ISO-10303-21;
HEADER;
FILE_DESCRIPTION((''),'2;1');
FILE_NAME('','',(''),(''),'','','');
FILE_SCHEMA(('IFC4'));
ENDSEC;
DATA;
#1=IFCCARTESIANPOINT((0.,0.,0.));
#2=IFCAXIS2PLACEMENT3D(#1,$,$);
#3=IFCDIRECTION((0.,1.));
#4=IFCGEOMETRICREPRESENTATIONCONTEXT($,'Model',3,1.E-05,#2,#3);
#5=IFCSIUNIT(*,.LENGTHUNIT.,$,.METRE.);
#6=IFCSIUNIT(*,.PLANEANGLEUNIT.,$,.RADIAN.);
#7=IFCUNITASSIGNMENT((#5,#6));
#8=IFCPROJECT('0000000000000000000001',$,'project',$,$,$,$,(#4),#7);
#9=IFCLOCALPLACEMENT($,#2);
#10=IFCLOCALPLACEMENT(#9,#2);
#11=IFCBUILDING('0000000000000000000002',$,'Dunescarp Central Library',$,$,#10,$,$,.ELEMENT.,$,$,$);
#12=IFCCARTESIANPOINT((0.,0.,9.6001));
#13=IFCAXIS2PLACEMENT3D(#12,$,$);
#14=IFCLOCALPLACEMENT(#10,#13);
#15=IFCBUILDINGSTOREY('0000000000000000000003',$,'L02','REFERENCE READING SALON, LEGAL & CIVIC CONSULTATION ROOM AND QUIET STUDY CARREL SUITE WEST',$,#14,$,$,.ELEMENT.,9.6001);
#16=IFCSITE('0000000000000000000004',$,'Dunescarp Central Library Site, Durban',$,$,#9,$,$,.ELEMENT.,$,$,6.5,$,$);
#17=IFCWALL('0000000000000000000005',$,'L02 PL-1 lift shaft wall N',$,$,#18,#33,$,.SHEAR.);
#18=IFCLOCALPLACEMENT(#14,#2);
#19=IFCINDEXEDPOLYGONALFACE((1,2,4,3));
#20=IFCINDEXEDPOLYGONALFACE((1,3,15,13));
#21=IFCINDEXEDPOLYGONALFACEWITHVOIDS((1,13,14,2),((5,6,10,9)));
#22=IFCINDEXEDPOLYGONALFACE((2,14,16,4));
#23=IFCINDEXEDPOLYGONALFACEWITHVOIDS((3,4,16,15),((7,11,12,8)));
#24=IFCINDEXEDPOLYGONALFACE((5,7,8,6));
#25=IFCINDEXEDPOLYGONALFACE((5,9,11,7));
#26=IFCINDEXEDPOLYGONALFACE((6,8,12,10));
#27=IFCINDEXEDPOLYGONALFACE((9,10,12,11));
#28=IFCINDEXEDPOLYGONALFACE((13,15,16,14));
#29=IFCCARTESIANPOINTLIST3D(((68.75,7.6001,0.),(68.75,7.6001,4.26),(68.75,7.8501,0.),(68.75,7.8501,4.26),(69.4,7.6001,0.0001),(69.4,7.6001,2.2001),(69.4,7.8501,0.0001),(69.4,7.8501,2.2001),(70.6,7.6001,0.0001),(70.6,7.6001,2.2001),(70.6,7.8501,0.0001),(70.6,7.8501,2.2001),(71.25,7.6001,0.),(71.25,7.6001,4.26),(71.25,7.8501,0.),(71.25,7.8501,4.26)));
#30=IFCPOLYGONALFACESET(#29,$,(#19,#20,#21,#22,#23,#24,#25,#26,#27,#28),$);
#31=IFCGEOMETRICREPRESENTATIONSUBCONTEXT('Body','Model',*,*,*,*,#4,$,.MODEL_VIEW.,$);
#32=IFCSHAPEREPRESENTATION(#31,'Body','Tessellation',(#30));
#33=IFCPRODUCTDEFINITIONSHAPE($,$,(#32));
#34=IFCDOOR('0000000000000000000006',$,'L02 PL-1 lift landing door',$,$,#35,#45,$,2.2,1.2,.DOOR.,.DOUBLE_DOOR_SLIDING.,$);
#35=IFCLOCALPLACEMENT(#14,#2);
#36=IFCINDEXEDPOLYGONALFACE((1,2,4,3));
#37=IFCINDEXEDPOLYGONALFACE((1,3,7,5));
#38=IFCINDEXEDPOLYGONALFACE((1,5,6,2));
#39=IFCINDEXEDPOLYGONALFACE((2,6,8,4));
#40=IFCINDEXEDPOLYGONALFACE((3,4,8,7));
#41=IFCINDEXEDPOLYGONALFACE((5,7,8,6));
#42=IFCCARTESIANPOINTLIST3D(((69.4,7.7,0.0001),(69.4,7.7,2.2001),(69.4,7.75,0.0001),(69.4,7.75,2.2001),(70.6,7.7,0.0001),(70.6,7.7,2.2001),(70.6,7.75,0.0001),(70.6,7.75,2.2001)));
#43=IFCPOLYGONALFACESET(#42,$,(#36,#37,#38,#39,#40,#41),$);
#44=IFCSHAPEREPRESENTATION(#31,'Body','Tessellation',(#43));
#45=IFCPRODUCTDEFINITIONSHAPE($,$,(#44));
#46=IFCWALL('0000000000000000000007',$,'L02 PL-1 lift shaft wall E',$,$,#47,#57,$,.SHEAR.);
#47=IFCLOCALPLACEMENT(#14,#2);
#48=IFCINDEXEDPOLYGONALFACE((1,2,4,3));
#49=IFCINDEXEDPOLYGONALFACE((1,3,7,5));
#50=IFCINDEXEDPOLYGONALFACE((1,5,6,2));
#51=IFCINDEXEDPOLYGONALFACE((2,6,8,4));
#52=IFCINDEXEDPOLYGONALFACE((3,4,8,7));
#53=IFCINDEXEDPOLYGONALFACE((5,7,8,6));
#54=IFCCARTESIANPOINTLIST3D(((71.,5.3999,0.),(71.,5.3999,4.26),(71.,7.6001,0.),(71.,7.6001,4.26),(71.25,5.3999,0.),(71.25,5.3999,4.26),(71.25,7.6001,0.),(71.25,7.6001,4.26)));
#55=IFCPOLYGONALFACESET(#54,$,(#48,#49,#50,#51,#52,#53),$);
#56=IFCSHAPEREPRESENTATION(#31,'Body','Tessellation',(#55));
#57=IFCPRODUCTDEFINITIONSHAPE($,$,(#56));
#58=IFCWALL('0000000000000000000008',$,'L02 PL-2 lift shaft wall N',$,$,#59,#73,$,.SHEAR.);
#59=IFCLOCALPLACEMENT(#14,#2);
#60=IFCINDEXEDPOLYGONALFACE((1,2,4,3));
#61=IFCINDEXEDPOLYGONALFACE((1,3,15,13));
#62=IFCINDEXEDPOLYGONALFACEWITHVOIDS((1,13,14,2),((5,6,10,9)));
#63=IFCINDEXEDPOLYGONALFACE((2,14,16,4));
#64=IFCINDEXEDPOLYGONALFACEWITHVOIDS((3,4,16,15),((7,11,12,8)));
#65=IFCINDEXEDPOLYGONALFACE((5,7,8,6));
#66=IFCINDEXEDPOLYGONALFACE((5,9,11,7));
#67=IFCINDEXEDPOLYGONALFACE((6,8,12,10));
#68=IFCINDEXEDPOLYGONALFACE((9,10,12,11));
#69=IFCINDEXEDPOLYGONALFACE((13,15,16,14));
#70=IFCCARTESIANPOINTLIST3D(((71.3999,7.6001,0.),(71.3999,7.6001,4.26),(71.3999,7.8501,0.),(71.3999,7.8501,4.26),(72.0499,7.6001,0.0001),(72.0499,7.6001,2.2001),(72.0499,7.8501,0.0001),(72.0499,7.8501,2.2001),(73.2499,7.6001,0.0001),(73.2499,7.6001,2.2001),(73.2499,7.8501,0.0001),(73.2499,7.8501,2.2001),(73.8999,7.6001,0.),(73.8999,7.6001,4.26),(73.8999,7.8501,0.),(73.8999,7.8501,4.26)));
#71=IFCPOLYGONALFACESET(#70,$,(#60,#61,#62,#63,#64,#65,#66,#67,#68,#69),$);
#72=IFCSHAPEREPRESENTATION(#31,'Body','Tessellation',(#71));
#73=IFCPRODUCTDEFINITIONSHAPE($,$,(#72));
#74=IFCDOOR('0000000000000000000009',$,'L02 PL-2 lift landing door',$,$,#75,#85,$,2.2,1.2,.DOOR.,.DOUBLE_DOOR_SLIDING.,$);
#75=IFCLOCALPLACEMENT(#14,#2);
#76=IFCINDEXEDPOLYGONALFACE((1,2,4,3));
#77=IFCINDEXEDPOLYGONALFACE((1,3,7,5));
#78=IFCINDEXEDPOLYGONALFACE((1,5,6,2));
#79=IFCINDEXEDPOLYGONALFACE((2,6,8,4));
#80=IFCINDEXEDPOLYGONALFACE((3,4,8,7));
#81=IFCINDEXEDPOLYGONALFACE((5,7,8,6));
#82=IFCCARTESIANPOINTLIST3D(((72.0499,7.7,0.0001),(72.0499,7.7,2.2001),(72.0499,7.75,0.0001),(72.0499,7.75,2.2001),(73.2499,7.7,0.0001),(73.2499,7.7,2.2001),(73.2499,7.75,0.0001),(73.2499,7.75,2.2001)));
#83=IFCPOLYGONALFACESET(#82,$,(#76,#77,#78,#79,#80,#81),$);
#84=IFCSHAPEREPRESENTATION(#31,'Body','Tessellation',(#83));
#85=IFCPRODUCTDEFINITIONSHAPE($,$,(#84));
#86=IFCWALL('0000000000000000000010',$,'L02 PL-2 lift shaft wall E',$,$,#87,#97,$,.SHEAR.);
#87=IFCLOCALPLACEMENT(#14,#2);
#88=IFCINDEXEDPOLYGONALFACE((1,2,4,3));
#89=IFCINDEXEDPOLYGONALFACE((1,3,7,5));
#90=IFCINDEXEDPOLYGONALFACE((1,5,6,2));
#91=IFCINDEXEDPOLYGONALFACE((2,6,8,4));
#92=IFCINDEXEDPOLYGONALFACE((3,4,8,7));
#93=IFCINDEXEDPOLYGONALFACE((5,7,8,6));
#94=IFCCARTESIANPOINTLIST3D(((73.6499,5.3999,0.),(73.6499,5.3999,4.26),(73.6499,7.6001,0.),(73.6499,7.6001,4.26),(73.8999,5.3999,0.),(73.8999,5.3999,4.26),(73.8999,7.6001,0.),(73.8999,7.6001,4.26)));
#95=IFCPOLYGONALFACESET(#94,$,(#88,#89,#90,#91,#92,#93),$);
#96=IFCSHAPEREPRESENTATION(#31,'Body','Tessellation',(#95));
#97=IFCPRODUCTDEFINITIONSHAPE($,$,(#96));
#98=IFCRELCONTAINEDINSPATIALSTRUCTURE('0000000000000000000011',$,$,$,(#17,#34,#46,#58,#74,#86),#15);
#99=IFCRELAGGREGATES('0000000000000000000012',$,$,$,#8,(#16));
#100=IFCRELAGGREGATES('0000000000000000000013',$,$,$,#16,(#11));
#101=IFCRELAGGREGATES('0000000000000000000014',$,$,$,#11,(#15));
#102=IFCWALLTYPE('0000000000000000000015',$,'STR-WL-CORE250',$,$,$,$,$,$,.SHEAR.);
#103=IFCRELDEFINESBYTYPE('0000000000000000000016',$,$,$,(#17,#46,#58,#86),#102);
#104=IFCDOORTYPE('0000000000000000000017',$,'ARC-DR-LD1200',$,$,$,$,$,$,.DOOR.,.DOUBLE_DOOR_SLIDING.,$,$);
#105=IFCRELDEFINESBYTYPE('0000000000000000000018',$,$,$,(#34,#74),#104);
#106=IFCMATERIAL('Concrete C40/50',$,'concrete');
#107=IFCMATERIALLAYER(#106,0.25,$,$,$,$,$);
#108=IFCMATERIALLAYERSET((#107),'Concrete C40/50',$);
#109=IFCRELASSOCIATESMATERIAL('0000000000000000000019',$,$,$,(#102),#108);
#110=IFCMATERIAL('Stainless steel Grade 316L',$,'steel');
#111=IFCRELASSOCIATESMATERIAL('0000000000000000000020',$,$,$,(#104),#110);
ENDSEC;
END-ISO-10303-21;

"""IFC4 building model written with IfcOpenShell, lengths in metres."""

from ifc_helpers import new_model, si_unit, direction, frame, frame_2d, origin, place, context, subcontext, project, spatial, rectangle, extrude, material, layer, layer_set, type_object, element, fill, save


model = new_model("IFC4")

# Units and contexts
model_context = context("Model", 3, precision=1e-05, world=origin(), true_north=direction((0.0, 1.0)))
body_context = subcontext(model_context, "Body", "Model", "MODEL_VIEW")
ifc_project = project(units=[si_unit("LENGTHUNIT", "METRE"), si_unit("PLANEANGLEUNIT", "RADIAN")], contexts=[model_context])

# Site, building, storey
site_placement = place(None, origin())
site = spatial("IfcSite", under=ifc_project, at=site_placement, Name="Dunescarp Central Library Site, Durban", CompositionType="ELEMENT", RefElevation=6.5)
building_placement = place(site_placement, origin())
building = spatial("IfcBuilding", under=site, at=building_placement, Name="Dunescarp Central Library", CompositionType="ELEMENT")
storey_placement = place(building_placement, frame((0.0, 0.0, 9.6001)))
storey = spatial("IfcBuildingStorey", under=building, at=storey_placement, Name="L02", Description="REFERENCE READING SALON, LEGAL & CIVIC CONSULTATION ROOM AND QUIET STUDY CARREL SUITE WEST", CompositionType="ELEMENT", Elevation=9.6001)

# Wall, opening, door
ifc_material_1 = material(Name="Concrete C40/50", Category="concrete")
ifc_layer_1 = layer(ifc_material_1, 0.25)
ifc_layer_set_1 = layer_set([ifc_layer_1], Name="Concrete C40/50")
wall_type_1 = type_object("IfcWallType", Name="STR-WL-CORE250", PredefinedType="SHEAR", material=ifc_layer_set_1)
wall_1_placement = place(storey_placement, frame((68.75, 7.7251, 0.0), z_axis=(0.0, 0.0, 1.0), x_axis=(1.0, 0.0, 0.0)))
wall_1 = element("IfcWall", 1, at=wall_1_placement, inside=storey, type_object=wall_type_1, Name="L02 PL-1 lift shaft wall N", PredefinedType="SHEAR", context=body_context, shape_type="SweptSolid", body=[
    extrude(rectangle(XDim=2.5, YDim=0.25, at=frame_2d((1.25, 0.0))), origin(), (0.0, 0.0, 1.0), 4.26),
])
opening_1_placement = place(wall_1_placement, frame((0.6499, 0.0, 0.0)))
opening_1 = element("IfcOpeningElement", 2, at=opening_1_placement, cuts=wall_1, PredefinedType="OPENING", context=body_context, shape_type="SweptSolid", body=[
    extrude(rectangle(XDim=1.2, YDim=2.2, at=frame_2d((0.6001, 1.1001))), frame((0.0, 0.135, 0.0), z_axis=(0.0, -1.0, 0.0), x_axis=(1.0, 0.0, 0.0)), (0.0, 0.0, 1.0), 0.27),
])
ifc_material_2 = material(Name="Stainless steel Grade 316L", Category="steel")
door_type_1 = type_object("IfcDoorType", Name="ARC-DR-LD1200", OperationType="DOUBLE_DOOR_SLIDING", PredefinedType="DOOR", material=ifc_material_2)
door_1_placement = place(opening_1_placement, origin())
door_1 = element("IfcDoor", 3, at=door_1_placement, inside=storey, type_object=door_type_1, Name="L02 PL-1 lift landing door", OperationType="DOUBLE_DOOR_SLIDING", OverallHeight=2.2, OverallWidth=1.2, PredefinedType="DOOR", context=body_context, shape_type="SweptSolid", body=[
    extrude(rectangle(XDim=1.2, YDim=2.2, at=frame_2d((0.6001, 1.1001))), frame((0.0, 0.0249, 0.0), z_axis=(0.0, -1.0, 0.0), x_axis=(1.0, 0.0, 0.0)), (0.0, 0.0, 1.0), 0.05),
])
fill(opening_1, door_1)

# Wall
wall_2_placement = place(storey_placement, frame((71.125, 7.6001, 0.0), z_axis=(0.0, 0.0, 1.0), x_axis=(0.0, -1.0, 0.0)))
element("IfcWall", 4, at=wall_2_placement, inside=storey, type_object=wall_type_1, Name="L02 PL-1 lift shaft wall E", PredefinedType="SHEAR", context=body_context, shape_type="SweptSolid", body=[
    extrude(rectangle(XDim=2.2002, YDim=0.25, at=frame_2d((1.1001, 0.0))), origin(), (0.0, 0.0, 1.0), 4.26),
])

# Wall, opening, door
wall_3_placement = place(storey_placement, frame((71.3999, 7.7251, 0.0), z_axis=(0.0, 0.0, 1.0), x_axis=(1.0, 0.0, 0.0)))
wall_3 = element("IfcWall", 5, at=wall_3_placement, inside=storey, type_object=wall_type_1, Name="L02 PL-2 lift shaft wall N", PredefinedType="SHEAR", context=body_context, shape_type="SweptSolid", body=[
    extrude(rectangle(XDim=2.5, YDim=0.25, at=frame_2d((1.25, 0.0))), origin(), (0.0, 0.0, 1.0), 4.26),
])
opening_2_placement = place(wall_3_placement, frame((0.6499, 0.0, 0.0)))
opening_2 = element("IfcOpeningElement", 6, at=opening_2_placement, cuts=wall_3, PredefinedType="OPENING", context=body_context, shape_type="SweptSolid", body=[
    extrude(rectangle(XDim=1.2, YDim=2.2, at=frame_2d((0.6001, 1.1001))), frame((0.0, 0.135, 0.0), z_axis=(0.0, -1.0, 0.0), x_axis=(1.0, 0.0, 0.0)), (0.0, 0.0, 1.0), 0.27),
])
door_2_placement = place(opening_2_placement, origin())
door_2 = element("IfcDoor", 7, at=door_2_placement, inside=storey, type_object=door_type_1, Name="L02 PL-2 lift landing door", OperationType="DOUBLE_DOOR_SLIDING", OverallHeight=2.2, OverallWidth=1.2, PredefinedType="DOOR", context=body_context, shape_type="SweptSolid", body=[
    extrude(rectangle(XDim=1.2, YDim=2.2, at=frame_2d((0.6001, 1.1001))), frame((0.0, 0.0249, 0.0), z_axis=(0.0, -1.0, 0.0), x_axis=(1.0, 0.0, 0.0)), (0.0, 0.0, 1.0), 0.05),
])
fill(opening_2, door_2)

# Wall
wall_4_placement = place(storey_placement, frame((73.7749, 7.6001, 0.0), z_axis=(0.0, 0.0, 1.0), x_axis=(0.0, -1.0, 0.0)))
element("IfcWall", 8, at=wall_4_placement, inside=storey, type_object=wall_type_1, Name="L02 PL-2 lift shaft wall E", PredefinedType="SHEAR", context=body_context, shape_type="SweptSolid", body=[
    extrude(rectangle(XDim=2.2002, YDim=0.25, at=frame_2d((1.1001, 0.0))), origin(), (0.0, 0.0, 1.0), 4.26),
])

save(model, "model.ifc")
